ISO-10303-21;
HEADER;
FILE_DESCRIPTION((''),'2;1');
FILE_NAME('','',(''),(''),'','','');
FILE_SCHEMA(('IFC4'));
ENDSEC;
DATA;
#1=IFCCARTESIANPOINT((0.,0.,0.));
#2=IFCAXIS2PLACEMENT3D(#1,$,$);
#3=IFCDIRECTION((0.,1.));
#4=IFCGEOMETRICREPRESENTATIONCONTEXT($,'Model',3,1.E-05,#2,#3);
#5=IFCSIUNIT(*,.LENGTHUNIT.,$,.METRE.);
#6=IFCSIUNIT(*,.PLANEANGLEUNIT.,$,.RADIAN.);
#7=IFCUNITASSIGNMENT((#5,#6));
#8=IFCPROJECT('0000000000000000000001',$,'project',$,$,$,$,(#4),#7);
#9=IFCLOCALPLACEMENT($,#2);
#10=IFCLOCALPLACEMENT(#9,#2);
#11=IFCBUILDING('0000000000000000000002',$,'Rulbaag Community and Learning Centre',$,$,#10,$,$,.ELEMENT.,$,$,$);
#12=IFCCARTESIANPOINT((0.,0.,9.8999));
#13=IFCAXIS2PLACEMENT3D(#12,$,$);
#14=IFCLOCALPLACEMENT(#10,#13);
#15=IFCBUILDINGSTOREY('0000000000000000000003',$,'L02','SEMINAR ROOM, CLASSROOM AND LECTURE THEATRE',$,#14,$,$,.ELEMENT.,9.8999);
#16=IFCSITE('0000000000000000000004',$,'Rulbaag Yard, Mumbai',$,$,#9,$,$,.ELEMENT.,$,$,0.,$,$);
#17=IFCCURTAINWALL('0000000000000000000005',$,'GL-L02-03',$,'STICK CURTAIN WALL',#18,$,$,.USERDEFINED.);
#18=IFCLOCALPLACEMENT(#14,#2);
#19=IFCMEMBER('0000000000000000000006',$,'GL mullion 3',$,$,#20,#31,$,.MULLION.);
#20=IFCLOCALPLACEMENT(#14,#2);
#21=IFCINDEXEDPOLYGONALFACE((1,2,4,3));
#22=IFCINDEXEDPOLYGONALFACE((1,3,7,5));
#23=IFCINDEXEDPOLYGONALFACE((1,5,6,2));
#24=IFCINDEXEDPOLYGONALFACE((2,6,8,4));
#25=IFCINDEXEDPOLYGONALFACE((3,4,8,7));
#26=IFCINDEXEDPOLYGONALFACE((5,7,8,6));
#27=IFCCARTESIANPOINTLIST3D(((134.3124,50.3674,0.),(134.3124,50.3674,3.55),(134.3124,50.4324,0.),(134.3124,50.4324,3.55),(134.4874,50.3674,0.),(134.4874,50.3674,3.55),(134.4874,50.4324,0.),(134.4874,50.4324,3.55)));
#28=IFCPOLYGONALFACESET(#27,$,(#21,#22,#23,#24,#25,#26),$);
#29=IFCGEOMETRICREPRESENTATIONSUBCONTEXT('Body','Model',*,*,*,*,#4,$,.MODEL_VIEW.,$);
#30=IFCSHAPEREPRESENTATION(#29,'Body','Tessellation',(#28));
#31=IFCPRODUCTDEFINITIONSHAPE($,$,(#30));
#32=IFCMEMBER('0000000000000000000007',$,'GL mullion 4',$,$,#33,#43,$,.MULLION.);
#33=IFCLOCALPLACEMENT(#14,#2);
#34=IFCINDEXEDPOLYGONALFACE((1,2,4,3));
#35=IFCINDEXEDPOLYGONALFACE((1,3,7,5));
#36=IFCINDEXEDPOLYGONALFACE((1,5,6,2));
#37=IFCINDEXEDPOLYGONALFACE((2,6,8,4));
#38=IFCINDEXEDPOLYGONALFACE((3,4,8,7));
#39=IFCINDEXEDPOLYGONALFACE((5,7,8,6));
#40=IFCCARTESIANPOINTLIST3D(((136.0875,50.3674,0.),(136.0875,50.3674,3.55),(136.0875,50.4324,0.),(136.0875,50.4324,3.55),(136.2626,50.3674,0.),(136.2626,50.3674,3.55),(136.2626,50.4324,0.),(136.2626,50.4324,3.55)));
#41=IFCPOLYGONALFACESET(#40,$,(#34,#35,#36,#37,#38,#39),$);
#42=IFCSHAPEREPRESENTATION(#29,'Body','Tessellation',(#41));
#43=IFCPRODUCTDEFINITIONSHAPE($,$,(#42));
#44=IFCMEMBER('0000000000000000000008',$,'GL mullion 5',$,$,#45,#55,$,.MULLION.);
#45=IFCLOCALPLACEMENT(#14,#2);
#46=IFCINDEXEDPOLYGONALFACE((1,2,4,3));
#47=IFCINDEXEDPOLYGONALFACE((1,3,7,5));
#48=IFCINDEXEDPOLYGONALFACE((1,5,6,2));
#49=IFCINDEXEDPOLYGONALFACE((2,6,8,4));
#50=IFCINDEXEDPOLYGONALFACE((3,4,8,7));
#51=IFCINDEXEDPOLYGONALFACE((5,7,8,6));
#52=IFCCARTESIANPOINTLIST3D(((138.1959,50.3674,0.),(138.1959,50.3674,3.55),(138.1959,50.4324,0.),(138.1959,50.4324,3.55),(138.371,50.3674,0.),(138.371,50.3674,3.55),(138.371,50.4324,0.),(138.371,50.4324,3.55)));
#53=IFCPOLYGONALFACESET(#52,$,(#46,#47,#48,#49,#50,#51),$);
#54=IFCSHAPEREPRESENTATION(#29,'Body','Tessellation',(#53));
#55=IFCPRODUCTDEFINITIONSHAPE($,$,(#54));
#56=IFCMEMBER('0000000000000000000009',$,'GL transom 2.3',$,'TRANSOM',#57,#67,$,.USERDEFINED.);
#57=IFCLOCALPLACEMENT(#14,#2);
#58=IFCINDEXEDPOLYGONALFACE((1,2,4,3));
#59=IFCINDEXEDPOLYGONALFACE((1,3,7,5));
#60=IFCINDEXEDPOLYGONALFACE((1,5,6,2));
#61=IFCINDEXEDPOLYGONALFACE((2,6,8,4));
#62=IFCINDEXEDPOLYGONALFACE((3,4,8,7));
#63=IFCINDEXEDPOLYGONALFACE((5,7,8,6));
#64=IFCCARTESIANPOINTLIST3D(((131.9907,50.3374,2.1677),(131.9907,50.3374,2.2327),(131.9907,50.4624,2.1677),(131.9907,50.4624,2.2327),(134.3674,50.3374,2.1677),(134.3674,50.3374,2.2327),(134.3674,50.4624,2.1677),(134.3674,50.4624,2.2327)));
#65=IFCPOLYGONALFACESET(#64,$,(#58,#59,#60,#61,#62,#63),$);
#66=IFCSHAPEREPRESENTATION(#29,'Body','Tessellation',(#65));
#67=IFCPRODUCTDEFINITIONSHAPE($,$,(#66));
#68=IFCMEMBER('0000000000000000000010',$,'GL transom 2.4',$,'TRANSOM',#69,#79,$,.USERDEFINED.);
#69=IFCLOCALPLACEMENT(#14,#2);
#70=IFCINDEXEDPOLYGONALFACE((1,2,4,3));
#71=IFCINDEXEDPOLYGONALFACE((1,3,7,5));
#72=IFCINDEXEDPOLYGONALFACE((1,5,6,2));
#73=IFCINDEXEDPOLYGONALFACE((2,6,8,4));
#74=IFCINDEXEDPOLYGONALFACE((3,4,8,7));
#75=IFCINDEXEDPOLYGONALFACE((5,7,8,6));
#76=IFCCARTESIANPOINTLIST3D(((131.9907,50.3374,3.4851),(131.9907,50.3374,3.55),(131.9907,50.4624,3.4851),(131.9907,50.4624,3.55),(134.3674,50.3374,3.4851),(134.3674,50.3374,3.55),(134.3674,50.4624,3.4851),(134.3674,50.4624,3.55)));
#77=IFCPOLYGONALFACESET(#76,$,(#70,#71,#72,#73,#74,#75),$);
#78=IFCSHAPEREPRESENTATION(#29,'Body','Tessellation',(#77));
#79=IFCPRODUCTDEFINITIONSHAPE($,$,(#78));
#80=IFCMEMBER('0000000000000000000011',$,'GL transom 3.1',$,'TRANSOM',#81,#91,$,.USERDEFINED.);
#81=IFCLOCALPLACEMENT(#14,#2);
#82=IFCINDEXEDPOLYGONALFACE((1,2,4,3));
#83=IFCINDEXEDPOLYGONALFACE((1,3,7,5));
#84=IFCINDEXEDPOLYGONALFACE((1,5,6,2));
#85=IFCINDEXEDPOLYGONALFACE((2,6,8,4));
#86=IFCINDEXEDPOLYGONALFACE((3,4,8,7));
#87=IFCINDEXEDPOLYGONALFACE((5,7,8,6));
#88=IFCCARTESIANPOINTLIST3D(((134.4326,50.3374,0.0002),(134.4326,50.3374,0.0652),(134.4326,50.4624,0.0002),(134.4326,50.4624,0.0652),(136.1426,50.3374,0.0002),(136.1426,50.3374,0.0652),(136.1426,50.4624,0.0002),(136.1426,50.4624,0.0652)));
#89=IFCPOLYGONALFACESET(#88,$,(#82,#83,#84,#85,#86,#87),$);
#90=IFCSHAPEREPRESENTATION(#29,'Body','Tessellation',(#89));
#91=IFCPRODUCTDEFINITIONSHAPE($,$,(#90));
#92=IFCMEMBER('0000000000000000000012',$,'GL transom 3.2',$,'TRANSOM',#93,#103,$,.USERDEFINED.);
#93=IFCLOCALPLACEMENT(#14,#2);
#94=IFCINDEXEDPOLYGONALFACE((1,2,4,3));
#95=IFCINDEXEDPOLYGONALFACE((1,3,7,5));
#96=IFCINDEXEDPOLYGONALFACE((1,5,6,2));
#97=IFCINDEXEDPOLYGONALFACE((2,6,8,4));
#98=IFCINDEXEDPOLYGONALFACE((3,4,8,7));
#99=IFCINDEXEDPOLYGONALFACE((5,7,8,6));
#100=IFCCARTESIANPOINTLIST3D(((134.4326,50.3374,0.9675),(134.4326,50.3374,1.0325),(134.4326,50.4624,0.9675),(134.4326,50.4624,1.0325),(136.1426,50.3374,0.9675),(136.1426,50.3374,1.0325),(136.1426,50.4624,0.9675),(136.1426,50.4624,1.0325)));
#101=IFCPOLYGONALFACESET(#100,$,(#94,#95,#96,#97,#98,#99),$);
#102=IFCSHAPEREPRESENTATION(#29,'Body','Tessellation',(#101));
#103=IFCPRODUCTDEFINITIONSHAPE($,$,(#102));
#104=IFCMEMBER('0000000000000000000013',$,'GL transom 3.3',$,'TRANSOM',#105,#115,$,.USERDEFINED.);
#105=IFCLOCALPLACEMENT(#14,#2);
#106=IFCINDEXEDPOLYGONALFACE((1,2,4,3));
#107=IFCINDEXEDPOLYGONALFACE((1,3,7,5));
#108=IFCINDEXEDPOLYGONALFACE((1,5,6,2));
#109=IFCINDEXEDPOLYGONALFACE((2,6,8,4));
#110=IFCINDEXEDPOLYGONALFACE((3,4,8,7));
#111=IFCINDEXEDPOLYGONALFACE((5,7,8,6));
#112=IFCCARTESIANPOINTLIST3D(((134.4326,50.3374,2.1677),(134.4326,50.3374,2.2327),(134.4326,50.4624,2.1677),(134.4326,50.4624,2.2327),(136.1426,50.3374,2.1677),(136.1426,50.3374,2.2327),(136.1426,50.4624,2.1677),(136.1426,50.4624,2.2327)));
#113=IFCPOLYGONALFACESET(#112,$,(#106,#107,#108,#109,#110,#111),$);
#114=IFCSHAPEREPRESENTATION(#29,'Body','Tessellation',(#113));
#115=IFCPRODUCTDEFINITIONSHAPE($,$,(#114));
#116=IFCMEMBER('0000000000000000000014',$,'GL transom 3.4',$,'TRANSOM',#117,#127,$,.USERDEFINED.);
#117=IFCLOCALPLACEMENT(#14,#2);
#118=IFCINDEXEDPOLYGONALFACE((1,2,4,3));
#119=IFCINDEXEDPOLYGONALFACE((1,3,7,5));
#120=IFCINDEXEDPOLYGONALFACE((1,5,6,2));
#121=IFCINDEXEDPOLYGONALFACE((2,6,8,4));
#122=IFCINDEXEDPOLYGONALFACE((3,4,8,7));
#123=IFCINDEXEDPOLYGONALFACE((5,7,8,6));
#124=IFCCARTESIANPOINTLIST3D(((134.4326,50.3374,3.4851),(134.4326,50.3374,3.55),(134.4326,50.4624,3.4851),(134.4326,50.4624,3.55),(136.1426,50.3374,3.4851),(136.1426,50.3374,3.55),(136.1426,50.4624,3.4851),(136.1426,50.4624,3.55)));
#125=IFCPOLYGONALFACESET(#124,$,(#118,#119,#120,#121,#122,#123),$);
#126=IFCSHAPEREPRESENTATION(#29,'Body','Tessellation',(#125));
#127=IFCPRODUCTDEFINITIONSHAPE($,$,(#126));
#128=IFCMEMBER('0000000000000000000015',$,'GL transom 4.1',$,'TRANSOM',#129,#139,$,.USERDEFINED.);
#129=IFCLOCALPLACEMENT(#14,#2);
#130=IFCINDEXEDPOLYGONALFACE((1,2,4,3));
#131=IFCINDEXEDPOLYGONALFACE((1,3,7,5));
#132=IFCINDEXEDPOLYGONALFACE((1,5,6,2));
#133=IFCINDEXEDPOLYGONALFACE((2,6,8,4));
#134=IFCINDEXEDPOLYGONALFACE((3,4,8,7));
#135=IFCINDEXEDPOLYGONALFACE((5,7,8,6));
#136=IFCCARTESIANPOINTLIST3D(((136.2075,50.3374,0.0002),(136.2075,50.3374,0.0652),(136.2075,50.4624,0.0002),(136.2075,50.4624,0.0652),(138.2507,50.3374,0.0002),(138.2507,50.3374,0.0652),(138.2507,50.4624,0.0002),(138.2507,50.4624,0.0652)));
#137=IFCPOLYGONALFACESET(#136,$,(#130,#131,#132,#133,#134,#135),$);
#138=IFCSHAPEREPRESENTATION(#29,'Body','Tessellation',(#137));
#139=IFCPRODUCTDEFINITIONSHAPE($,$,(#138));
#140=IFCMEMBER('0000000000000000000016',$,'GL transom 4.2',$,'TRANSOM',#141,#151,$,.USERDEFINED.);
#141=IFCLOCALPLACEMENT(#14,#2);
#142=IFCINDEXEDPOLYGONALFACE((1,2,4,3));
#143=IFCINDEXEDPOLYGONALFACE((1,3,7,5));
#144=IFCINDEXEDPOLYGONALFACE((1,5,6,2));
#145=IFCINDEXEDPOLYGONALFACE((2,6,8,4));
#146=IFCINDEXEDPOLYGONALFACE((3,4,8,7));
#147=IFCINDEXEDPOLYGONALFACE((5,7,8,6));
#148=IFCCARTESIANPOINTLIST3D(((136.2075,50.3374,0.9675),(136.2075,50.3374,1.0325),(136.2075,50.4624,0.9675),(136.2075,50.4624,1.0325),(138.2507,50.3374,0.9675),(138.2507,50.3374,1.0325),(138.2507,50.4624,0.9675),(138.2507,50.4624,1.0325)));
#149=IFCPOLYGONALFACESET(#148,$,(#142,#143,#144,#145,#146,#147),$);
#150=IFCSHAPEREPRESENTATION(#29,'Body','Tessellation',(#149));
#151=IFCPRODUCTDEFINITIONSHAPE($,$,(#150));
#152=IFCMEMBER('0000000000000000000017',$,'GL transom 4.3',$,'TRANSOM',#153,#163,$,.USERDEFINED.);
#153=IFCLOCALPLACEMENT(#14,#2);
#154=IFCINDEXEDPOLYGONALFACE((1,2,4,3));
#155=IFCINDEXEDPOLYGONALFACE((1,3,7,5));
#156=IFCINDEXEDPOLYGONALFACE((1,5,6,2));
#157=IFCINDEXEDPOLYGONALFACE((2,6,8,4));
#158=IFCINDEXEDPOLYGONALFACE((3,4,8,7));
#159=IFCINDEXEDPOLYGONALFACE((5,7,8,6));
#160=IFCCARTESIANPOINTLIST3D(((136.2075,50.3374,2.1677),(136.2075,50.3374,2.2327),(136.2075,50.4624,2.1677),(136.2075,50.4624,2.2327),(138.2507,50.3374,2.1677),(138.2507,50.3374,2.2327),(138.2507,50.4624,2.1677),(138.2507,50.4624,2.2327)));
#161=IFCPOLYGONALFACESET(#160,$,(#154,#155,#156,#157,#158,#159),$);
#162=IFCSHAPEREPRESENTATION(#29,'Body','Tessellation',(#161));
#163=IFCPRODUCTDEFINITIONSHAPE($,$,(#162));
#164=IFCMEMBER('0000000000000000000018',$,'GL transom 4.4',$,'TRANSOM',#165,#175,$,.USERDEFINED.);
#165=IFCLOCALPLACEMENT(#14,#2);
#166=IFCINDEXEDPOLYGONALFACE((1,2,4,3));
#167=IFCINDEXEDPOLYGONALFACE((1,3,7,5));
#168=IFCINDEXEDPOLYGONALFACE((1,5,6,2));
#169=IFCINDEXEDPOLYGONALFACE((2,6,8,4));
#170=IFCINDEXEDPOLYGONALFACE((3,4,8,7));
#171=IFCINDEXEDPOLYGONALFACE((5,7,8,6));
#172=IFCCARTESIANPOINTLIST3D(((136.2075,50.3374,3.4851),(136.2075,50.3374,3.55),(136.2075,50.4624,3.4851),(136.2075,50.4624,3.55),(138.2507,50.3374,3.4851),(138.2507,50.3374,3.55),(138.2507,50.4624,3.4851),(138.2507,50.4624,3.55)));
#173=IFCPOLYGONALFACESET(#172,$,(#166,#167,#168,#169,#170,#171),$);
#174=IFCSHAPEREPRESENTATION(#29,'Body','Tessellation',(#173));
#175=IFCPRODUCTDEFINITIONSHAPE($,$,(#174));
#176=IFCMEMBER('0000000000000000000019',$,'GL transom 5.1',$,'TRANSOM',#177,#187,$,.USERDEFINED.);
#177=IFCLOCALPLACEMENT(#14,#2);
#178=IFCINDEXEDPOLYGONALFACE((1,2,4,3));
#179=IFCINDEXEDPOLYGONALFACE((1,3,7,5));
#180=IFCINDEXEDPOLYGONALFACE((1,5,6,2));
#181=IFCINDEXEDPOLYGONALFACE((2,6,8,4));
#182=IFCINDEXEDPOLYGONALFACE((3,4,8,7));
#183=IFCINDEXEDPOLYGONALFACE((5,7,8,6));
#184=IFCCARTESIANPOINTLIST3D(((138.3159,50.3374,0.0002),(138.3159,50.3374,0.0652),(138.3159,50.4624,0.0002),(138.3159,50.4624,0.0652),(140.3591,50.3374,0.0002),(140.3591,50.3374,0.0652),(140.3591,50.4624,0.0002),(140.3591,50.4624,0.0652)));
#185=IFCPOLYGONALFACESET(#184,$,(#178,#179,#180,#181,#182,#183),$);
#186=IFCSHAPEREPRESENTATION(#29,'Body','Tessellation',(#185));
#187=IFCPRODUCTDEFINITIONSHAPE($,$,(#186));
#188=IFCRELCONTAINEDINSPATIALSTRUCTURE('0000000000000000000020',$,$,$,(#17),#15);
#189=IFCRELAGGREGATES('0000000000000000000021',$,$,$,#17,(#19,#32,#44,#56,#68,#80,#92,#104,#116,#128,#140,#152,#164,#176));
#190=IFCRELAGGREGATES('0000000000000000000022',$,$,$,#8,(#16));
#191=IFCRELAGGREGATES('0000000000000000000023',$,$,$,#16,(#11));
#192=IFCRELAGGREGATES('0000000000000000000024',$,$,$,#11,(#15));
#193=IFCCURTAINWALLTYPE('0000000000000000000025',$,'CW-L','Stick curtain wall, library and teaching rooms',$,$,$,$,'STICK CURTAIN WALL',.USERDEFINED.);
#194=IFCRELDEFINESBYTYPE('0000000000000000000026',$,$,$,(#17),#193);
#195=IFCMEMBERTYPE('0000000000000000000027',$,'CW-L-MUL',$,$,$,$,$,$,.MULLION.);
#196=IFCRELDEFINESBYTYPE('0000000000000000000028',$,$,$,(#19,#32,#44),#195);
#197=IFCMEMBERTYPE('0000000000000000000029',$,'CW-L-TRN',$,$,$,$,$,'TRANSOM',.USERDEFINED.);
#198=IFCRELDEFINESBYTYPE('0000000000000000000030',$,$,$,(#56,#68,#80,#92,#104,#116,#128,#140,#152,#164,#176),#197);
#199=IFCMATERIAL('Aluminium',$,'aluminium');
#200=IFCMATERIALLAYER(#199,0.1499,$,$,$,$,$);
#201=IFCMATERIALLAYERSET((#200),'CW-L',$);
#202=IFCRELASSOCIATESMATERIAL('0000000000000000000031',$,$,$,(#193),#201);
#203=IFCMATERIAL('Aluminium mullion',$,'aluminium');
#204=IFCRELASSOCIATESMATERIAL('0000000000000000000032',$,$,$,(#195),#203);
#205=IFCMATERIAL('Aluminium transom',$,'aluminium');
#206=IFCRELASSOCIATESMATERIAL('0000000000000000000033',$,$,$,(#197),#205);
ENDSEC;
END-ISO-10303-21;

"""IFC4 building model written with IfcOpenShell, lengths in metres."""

from ifc_helpers import new_model, si_unit, direction, frame, origin, origin_2d, place, context, subcontext, project, spatial, rectangle, extrude, material, layer, layer_set, material_profile, profile_set, type_object, element, aggregate, save


model = new_model("IFC4")

# Units and contexts
model_context = context("Model", 3, precision=1e-05, world=origin(), true_north=direction((0.0, 1.0)))
body_context = subcontext(model_context, "Body", "Model", "MODEL_VIEW")
ifc_project = project(units=[si_unit("LENGTHUNIT", "METRE"), si_unit("PLANEANGLEUNIT", "RADIAN")], contexts=[model_context])

# Site, building, storey
site_placement = place(None, origin())
site = spatial("IfcSite", under=ifc_project, at=site_placement, Name="Rulbaag Yard, Mumbai", CompositionType="ELEMENT", RefElevation=0.0)
building_placement = place(site_placement, origin())
building = spatial("IfcBuilding", under=site, at=building_placement, Name="Rulbaag Community and Learning Centre", CompositionType="ELEMENT")
storey_placement = place(building_placement, frame((0.0, 0.0, 9.8999)))
storey = spatial("IfcBuildingStorey", under=building, at=storey_placement, Name="L02", Description="SEMINAR ROOM, CLASSROOM AND LECTURE THEATRE", CompositionType="ELEMENT", Elevation=9.8999)

# Curtain wall, members
ifc_material_1 = material(Name="Aluminium", Category="aluminium")
ifc_layer_1 = layer(ifc_material_1, 0.1499)
ifc_layer_set_1 = layer_set([ifc_layer_1], Name="CW-L")
curtain_wall_type = type_object("IfcCurtainWallType", Name="CW-L", Description="Stick curtain wall, library and teaching rooms", ElementType="STICK CURTAIN WALL", PredefinedType="USERDEFINED", material=ifc_layer_set_1)
curtain_wall_placement = place(storey_placement, origin())
curtain_wall = element("IfcCurtainWall", 1, at=curtain_wall_placement, inside=storey, type_object=curtain_wall_type, Name="GL-L02-03", ObjectType="STICK CURTAIN WALL", PredefinedType="USERDEFINED")
ifc_material_2 = material(Name="Aluminium mullion", Category="aluminium")
ifc_material_profile_1 = material_profile(ifc_material_2, rectangle(XDim=0.0649, YDim=0.175, at=origin_2d()), Name="AL 65x175")
ifc_profile_set_1 = profile_set([ifc_material_profile_1], Name="Aluminium mullion")
member_type_1 = type_object("IfcMemberType", Name="CW-L-MUL", PredefinedType="MULLION", material=ifc_profile_set_1)
member_1_placement = place(storey_placement, frame((134.3999, 50.3999, 0.0), z_axis=(0.0, 0.0, 1.0), x_axis=(0.0, 1.0, 0.0)))
member_1 = element("IfcMember", 2, at=member_1_placement, type_object=member_type_1, Name="GL mullion 3", PredefinedType="MULLION", context=body_context, shape_type="SweptSolid", body=[
    extrude(rectangle(XDim=0.0649, YDim=0.175, at=origin_2d()), origin(), (0.0, 0.0, 1.0), 3.55),
])
member_2_placement = place(storey_placement, frame((136.175, 50.3999, 0.0), z_axis=(0.0, 0.0, 1.0), x_axis=(0.0, 1.0, 0.0)))
member_2 = element("IfcMember", 3, at=member_2_placement, type_object=member_type_1, Name="GL mullion 4", PredefinedType="MULLION", context=body_context, shape_type="SweptSolid", body=[
    extrude(rectangle(XDim=0.0649, YDim=0.175, at=origin_2d()), origin(), (0.0, 0.0, 1.0), 3.55),
])
member_3_placement = place(storey_placement, frame((138.2834, 50.3999, 0.0), z_axis=(0.0, 0.0, 1.0), x_axis=(0.0, 1.0, 0.0)))
member_3 = element("IfcMember", 4, at=member_3_placement, type_object=member_type_1, Name="GL mullion 5", PredefinedType="MULLION", context=body_context, shape_type="SweptSolid", body=[
    extrude(rectangle(XDim=0.0649, YDim=0.175, at=origin_2d()), origin(), (0.0, 0.0, 1.0), 3.55),
])
ifc_material_3 = material(Name="Aluminium transom", Category="aluminium")
ifc_material_profile_2 = material_profile(ifc_material_3, rectangle(XDim=0.125, YDim=0.0649, at=origin_2d()), Name="AL 65x125 T")
ifc_profile_set_2 = profile_set([ifc_material_profile_2], Name="Aluminium transom")
member_type_2 = type_object("IfcMemberType", Name="CW-L-TRN", ElementType="TRANSOM", PredefinedType="USERDEFINED", material=ifc_profile_set_2)
member_4_placement = place(storey_placement, frame((131.9907, 50.3999, 2.2002), z_axis=(1.0, 0.0, 0.0), x_axis=(0.0, 1.0, 0.0)))
member_4 = element("IfcMember", 5, at=member_4_placement, type_object=member_type_2, Name="GL transom 2.3", ObjectType="TRANSOM", PredefinedType="USERDEFINED", context=body_context, shape_type="SweptSolid", body=[
    extrude(rectangle(XDim=0.125, YDim=0.0649, at=origin_2d()), origin(), (0.0, 0.0, 1.0), 2.3767),
])
member_5_placement = place(storey_placement, frame((131.9907, 50.3999, 3.5176), z_axis=(1.0, 0.0, 0.0), x_axis=(0.0, 1.0, 0.0)))
member_5 = element("IfcMember", 6, at=member_5_placement, type_object=member_type_2, Name="GL transom 2.4", ObjectType="TRANSOM", PredefinedType="USERDEFINED", context=body_context, shape_type="SweptSolid", body=[
    extrude(rectangle(XDim=0.125, YDim=0.0649, at=origin_2d()), origin(), (0.0, 0.0, 1.0), 2.3767),
])
member_6_placement = place(storey_placement, frame((134.4326, 50.3999, 0.0327), z_axis=(1.0, 0.0, 0.0), x_axis=(0.0, 1.0, 0.0)))
member_6 = element("IfcMember", 7, at=member_6_placement, type_object=member_type_2, Name="GL transom 3.1", ObjectType="TRANSOM", PredefinedType="USERDEFINED", context=body_context, shape_type="SweptSolid", body=[
    extrude(rectangle(XDim=0.125, YDim=0.0649, at=origin_2d()), origin(), (0.0, 0.0, 1.0), 1.71),
])
member_7_placement = place(storey_placement, frame((134.4326, 50.3999, 1.0), z_axis=(1.0, 0.0, 0.0), x_axis=(0.0, 1.0, 0.0)))
member_7 = element("IfcMember", 8, at=member_7_placement, type_object=member_type_2, Name="GL transom 3.2", ObjectType="TRANSOM", PredefinedType="USERDEFINED", context=body_context, shape_type="SweptSolid", body=[
    extrude(rectangle(XDim=0.125, YDim=0.0649, at=origin_2d()), origin(), (0.0, 0.0, 1.0), 1.71),
])
member_8_placement = place(storey_placement, frame((134.4326, 50.3999, 2.2002), z_axis=(1.0, 0.0, 0.0), x_axis=(0.0, 1.0, 0.0)))
member_8 = element("IfcMember", 9, at=member_8_placement, type_object=member_type_2, Name="GL transom 3.3", ObjectType="TRANSOM", PredefinedType="USERDEFINED", context=body_context, shape_type="SweptSolid", body=[
    extrude(rectangle(XDim=0.125, YDim=0.0649, at=origin_2d()), origin(), (0.0, 0.0, 1.0), 1.71),
])
member_9_placement = place(storey_placement, frame((134.4326, 50.3999, 3.5176), z_axis=(1.0, 0.0, 0.0), x_axis=(0.0, 1.0, 0.0)))
member_9 = element("IfcMember", 10, at=member_9_placement, type_object=member_type_2, Name="GL transom 3.4", ObjectType="TRANSOM", PredefinedType="USERDEFINED", context=body_context, shape_type="SweptSolid", body=[
    extrude(rectangle(XDim=0.125, YDim=0.0649, at=origin_2d()), origin(), (0.0, 0.0, 1.0), 1.71),
])
member_10_placement = place(storey_placement, frame((136.2075, 50.3999, 0.0327), z_axis=(1.0, 0.0, 0.0), x_axis=(0.0, 1.0, 0.0)))
member_10 = element("IfcMember", 11, at=member_10_placement, type_object=member_type_2, Name="GL transom 4.1", ObjectType="TRANSOM", PredefinedType="USERDEFINED", context=body_context, shape_type="SweptSolid", body=[
    extrude(rectangle(XDim=0.125, YDim=0.0649, at=origin_2d()), origin(), (0.0, 0.0, 1.0), 2.0432),
])
member_11_placement = place(storey_placement, frame((136.2075, 50.3999, 1.0), z_axis=(1.0, 0.0, 0.0), x_axis=(0.0, 1.0, 0.0)))
member_11 = element("IfcMember", 12, at=member_11_placement, type_object=member_type_2, Name="GL transom 4.2", ObjectType="TRANSOM", PredefinedType="USERDEFINED", context=body_context, shape_type="SweptSolid", body=[
    extrude(rectangle(XDim=0.125, YDim=0.0649, at=origin_2d()), origin(), (0.0, 0.0, 1.0), 2.0432),
])
member_12_placement = place(storey_placement, frame((136.2075, 50.3999, 2.2002), z_axis=(1.0, 0.0, 0.0), x_axis=(0.0, 1.0, 0.0)))
member_12 = element("IfcMember", 13, at=member_12_placement, type_object=member_type_2, Name="GL transom 4.3", ObjectType="TRANSOM", PredefinedType="USERDEFINED", context=body_context, shape_type="SweptSolid", body=[
    extrude(rectangle(XDim=0.125, YDim=0.0649, at=origin_2d()), origin(), (0.0, 0.0, 1.0), 2.0432),
])
member_13_placement = place(storey_placement, frame((136.2075, 50.3999, 3.5176), z_axis=(1.0, 0.0, 0.0), x_axis=(0.0, 1.0, 0.0)))
member_13 = element("IfcMember", 14, at=member_13_placement, type_object=member_type_2, Name="GL transom 4.4", ObjectType="TRANSOM", PredefinedType="USERDEFINED", context=body_context, shape_type="SweptSolid", body=[
    extrude(rectangle(XDim=0.125, YDim=0.0649, at=origin_2d()), origin(), (0.0, 0.0, 1.0), 2.0432),
])
member_14_placement = place(storey_placement, frame((138.3159, 50.3999, 0.0327), z_axis=(1.0, 0.0, 0.0), x_axis=(0.0, 1.0, 0.0)))
member_14 = element("IfcMember", 15, at=member_14_placement, type_object=member_type_2, Name="GL transom 5.1", ObjectType="TRANSOM", PredefinedType="USERDEFINED", context=body_context, shape_type="SweptSolid", body=[
    extrude(rectangle(XDim=0.125, YDim=0.0649, at=origin_2d()), origin(), (0.0, 0.0, 1.0), 2.0432),
])
aggregate(curtain_wall, [member_1, member_2, member_3, member_4, member_5, member_6, member_7, member_8, member_9, member_10, member_11, member_12, member_13, member_14])

save(model, "model.ifc")
